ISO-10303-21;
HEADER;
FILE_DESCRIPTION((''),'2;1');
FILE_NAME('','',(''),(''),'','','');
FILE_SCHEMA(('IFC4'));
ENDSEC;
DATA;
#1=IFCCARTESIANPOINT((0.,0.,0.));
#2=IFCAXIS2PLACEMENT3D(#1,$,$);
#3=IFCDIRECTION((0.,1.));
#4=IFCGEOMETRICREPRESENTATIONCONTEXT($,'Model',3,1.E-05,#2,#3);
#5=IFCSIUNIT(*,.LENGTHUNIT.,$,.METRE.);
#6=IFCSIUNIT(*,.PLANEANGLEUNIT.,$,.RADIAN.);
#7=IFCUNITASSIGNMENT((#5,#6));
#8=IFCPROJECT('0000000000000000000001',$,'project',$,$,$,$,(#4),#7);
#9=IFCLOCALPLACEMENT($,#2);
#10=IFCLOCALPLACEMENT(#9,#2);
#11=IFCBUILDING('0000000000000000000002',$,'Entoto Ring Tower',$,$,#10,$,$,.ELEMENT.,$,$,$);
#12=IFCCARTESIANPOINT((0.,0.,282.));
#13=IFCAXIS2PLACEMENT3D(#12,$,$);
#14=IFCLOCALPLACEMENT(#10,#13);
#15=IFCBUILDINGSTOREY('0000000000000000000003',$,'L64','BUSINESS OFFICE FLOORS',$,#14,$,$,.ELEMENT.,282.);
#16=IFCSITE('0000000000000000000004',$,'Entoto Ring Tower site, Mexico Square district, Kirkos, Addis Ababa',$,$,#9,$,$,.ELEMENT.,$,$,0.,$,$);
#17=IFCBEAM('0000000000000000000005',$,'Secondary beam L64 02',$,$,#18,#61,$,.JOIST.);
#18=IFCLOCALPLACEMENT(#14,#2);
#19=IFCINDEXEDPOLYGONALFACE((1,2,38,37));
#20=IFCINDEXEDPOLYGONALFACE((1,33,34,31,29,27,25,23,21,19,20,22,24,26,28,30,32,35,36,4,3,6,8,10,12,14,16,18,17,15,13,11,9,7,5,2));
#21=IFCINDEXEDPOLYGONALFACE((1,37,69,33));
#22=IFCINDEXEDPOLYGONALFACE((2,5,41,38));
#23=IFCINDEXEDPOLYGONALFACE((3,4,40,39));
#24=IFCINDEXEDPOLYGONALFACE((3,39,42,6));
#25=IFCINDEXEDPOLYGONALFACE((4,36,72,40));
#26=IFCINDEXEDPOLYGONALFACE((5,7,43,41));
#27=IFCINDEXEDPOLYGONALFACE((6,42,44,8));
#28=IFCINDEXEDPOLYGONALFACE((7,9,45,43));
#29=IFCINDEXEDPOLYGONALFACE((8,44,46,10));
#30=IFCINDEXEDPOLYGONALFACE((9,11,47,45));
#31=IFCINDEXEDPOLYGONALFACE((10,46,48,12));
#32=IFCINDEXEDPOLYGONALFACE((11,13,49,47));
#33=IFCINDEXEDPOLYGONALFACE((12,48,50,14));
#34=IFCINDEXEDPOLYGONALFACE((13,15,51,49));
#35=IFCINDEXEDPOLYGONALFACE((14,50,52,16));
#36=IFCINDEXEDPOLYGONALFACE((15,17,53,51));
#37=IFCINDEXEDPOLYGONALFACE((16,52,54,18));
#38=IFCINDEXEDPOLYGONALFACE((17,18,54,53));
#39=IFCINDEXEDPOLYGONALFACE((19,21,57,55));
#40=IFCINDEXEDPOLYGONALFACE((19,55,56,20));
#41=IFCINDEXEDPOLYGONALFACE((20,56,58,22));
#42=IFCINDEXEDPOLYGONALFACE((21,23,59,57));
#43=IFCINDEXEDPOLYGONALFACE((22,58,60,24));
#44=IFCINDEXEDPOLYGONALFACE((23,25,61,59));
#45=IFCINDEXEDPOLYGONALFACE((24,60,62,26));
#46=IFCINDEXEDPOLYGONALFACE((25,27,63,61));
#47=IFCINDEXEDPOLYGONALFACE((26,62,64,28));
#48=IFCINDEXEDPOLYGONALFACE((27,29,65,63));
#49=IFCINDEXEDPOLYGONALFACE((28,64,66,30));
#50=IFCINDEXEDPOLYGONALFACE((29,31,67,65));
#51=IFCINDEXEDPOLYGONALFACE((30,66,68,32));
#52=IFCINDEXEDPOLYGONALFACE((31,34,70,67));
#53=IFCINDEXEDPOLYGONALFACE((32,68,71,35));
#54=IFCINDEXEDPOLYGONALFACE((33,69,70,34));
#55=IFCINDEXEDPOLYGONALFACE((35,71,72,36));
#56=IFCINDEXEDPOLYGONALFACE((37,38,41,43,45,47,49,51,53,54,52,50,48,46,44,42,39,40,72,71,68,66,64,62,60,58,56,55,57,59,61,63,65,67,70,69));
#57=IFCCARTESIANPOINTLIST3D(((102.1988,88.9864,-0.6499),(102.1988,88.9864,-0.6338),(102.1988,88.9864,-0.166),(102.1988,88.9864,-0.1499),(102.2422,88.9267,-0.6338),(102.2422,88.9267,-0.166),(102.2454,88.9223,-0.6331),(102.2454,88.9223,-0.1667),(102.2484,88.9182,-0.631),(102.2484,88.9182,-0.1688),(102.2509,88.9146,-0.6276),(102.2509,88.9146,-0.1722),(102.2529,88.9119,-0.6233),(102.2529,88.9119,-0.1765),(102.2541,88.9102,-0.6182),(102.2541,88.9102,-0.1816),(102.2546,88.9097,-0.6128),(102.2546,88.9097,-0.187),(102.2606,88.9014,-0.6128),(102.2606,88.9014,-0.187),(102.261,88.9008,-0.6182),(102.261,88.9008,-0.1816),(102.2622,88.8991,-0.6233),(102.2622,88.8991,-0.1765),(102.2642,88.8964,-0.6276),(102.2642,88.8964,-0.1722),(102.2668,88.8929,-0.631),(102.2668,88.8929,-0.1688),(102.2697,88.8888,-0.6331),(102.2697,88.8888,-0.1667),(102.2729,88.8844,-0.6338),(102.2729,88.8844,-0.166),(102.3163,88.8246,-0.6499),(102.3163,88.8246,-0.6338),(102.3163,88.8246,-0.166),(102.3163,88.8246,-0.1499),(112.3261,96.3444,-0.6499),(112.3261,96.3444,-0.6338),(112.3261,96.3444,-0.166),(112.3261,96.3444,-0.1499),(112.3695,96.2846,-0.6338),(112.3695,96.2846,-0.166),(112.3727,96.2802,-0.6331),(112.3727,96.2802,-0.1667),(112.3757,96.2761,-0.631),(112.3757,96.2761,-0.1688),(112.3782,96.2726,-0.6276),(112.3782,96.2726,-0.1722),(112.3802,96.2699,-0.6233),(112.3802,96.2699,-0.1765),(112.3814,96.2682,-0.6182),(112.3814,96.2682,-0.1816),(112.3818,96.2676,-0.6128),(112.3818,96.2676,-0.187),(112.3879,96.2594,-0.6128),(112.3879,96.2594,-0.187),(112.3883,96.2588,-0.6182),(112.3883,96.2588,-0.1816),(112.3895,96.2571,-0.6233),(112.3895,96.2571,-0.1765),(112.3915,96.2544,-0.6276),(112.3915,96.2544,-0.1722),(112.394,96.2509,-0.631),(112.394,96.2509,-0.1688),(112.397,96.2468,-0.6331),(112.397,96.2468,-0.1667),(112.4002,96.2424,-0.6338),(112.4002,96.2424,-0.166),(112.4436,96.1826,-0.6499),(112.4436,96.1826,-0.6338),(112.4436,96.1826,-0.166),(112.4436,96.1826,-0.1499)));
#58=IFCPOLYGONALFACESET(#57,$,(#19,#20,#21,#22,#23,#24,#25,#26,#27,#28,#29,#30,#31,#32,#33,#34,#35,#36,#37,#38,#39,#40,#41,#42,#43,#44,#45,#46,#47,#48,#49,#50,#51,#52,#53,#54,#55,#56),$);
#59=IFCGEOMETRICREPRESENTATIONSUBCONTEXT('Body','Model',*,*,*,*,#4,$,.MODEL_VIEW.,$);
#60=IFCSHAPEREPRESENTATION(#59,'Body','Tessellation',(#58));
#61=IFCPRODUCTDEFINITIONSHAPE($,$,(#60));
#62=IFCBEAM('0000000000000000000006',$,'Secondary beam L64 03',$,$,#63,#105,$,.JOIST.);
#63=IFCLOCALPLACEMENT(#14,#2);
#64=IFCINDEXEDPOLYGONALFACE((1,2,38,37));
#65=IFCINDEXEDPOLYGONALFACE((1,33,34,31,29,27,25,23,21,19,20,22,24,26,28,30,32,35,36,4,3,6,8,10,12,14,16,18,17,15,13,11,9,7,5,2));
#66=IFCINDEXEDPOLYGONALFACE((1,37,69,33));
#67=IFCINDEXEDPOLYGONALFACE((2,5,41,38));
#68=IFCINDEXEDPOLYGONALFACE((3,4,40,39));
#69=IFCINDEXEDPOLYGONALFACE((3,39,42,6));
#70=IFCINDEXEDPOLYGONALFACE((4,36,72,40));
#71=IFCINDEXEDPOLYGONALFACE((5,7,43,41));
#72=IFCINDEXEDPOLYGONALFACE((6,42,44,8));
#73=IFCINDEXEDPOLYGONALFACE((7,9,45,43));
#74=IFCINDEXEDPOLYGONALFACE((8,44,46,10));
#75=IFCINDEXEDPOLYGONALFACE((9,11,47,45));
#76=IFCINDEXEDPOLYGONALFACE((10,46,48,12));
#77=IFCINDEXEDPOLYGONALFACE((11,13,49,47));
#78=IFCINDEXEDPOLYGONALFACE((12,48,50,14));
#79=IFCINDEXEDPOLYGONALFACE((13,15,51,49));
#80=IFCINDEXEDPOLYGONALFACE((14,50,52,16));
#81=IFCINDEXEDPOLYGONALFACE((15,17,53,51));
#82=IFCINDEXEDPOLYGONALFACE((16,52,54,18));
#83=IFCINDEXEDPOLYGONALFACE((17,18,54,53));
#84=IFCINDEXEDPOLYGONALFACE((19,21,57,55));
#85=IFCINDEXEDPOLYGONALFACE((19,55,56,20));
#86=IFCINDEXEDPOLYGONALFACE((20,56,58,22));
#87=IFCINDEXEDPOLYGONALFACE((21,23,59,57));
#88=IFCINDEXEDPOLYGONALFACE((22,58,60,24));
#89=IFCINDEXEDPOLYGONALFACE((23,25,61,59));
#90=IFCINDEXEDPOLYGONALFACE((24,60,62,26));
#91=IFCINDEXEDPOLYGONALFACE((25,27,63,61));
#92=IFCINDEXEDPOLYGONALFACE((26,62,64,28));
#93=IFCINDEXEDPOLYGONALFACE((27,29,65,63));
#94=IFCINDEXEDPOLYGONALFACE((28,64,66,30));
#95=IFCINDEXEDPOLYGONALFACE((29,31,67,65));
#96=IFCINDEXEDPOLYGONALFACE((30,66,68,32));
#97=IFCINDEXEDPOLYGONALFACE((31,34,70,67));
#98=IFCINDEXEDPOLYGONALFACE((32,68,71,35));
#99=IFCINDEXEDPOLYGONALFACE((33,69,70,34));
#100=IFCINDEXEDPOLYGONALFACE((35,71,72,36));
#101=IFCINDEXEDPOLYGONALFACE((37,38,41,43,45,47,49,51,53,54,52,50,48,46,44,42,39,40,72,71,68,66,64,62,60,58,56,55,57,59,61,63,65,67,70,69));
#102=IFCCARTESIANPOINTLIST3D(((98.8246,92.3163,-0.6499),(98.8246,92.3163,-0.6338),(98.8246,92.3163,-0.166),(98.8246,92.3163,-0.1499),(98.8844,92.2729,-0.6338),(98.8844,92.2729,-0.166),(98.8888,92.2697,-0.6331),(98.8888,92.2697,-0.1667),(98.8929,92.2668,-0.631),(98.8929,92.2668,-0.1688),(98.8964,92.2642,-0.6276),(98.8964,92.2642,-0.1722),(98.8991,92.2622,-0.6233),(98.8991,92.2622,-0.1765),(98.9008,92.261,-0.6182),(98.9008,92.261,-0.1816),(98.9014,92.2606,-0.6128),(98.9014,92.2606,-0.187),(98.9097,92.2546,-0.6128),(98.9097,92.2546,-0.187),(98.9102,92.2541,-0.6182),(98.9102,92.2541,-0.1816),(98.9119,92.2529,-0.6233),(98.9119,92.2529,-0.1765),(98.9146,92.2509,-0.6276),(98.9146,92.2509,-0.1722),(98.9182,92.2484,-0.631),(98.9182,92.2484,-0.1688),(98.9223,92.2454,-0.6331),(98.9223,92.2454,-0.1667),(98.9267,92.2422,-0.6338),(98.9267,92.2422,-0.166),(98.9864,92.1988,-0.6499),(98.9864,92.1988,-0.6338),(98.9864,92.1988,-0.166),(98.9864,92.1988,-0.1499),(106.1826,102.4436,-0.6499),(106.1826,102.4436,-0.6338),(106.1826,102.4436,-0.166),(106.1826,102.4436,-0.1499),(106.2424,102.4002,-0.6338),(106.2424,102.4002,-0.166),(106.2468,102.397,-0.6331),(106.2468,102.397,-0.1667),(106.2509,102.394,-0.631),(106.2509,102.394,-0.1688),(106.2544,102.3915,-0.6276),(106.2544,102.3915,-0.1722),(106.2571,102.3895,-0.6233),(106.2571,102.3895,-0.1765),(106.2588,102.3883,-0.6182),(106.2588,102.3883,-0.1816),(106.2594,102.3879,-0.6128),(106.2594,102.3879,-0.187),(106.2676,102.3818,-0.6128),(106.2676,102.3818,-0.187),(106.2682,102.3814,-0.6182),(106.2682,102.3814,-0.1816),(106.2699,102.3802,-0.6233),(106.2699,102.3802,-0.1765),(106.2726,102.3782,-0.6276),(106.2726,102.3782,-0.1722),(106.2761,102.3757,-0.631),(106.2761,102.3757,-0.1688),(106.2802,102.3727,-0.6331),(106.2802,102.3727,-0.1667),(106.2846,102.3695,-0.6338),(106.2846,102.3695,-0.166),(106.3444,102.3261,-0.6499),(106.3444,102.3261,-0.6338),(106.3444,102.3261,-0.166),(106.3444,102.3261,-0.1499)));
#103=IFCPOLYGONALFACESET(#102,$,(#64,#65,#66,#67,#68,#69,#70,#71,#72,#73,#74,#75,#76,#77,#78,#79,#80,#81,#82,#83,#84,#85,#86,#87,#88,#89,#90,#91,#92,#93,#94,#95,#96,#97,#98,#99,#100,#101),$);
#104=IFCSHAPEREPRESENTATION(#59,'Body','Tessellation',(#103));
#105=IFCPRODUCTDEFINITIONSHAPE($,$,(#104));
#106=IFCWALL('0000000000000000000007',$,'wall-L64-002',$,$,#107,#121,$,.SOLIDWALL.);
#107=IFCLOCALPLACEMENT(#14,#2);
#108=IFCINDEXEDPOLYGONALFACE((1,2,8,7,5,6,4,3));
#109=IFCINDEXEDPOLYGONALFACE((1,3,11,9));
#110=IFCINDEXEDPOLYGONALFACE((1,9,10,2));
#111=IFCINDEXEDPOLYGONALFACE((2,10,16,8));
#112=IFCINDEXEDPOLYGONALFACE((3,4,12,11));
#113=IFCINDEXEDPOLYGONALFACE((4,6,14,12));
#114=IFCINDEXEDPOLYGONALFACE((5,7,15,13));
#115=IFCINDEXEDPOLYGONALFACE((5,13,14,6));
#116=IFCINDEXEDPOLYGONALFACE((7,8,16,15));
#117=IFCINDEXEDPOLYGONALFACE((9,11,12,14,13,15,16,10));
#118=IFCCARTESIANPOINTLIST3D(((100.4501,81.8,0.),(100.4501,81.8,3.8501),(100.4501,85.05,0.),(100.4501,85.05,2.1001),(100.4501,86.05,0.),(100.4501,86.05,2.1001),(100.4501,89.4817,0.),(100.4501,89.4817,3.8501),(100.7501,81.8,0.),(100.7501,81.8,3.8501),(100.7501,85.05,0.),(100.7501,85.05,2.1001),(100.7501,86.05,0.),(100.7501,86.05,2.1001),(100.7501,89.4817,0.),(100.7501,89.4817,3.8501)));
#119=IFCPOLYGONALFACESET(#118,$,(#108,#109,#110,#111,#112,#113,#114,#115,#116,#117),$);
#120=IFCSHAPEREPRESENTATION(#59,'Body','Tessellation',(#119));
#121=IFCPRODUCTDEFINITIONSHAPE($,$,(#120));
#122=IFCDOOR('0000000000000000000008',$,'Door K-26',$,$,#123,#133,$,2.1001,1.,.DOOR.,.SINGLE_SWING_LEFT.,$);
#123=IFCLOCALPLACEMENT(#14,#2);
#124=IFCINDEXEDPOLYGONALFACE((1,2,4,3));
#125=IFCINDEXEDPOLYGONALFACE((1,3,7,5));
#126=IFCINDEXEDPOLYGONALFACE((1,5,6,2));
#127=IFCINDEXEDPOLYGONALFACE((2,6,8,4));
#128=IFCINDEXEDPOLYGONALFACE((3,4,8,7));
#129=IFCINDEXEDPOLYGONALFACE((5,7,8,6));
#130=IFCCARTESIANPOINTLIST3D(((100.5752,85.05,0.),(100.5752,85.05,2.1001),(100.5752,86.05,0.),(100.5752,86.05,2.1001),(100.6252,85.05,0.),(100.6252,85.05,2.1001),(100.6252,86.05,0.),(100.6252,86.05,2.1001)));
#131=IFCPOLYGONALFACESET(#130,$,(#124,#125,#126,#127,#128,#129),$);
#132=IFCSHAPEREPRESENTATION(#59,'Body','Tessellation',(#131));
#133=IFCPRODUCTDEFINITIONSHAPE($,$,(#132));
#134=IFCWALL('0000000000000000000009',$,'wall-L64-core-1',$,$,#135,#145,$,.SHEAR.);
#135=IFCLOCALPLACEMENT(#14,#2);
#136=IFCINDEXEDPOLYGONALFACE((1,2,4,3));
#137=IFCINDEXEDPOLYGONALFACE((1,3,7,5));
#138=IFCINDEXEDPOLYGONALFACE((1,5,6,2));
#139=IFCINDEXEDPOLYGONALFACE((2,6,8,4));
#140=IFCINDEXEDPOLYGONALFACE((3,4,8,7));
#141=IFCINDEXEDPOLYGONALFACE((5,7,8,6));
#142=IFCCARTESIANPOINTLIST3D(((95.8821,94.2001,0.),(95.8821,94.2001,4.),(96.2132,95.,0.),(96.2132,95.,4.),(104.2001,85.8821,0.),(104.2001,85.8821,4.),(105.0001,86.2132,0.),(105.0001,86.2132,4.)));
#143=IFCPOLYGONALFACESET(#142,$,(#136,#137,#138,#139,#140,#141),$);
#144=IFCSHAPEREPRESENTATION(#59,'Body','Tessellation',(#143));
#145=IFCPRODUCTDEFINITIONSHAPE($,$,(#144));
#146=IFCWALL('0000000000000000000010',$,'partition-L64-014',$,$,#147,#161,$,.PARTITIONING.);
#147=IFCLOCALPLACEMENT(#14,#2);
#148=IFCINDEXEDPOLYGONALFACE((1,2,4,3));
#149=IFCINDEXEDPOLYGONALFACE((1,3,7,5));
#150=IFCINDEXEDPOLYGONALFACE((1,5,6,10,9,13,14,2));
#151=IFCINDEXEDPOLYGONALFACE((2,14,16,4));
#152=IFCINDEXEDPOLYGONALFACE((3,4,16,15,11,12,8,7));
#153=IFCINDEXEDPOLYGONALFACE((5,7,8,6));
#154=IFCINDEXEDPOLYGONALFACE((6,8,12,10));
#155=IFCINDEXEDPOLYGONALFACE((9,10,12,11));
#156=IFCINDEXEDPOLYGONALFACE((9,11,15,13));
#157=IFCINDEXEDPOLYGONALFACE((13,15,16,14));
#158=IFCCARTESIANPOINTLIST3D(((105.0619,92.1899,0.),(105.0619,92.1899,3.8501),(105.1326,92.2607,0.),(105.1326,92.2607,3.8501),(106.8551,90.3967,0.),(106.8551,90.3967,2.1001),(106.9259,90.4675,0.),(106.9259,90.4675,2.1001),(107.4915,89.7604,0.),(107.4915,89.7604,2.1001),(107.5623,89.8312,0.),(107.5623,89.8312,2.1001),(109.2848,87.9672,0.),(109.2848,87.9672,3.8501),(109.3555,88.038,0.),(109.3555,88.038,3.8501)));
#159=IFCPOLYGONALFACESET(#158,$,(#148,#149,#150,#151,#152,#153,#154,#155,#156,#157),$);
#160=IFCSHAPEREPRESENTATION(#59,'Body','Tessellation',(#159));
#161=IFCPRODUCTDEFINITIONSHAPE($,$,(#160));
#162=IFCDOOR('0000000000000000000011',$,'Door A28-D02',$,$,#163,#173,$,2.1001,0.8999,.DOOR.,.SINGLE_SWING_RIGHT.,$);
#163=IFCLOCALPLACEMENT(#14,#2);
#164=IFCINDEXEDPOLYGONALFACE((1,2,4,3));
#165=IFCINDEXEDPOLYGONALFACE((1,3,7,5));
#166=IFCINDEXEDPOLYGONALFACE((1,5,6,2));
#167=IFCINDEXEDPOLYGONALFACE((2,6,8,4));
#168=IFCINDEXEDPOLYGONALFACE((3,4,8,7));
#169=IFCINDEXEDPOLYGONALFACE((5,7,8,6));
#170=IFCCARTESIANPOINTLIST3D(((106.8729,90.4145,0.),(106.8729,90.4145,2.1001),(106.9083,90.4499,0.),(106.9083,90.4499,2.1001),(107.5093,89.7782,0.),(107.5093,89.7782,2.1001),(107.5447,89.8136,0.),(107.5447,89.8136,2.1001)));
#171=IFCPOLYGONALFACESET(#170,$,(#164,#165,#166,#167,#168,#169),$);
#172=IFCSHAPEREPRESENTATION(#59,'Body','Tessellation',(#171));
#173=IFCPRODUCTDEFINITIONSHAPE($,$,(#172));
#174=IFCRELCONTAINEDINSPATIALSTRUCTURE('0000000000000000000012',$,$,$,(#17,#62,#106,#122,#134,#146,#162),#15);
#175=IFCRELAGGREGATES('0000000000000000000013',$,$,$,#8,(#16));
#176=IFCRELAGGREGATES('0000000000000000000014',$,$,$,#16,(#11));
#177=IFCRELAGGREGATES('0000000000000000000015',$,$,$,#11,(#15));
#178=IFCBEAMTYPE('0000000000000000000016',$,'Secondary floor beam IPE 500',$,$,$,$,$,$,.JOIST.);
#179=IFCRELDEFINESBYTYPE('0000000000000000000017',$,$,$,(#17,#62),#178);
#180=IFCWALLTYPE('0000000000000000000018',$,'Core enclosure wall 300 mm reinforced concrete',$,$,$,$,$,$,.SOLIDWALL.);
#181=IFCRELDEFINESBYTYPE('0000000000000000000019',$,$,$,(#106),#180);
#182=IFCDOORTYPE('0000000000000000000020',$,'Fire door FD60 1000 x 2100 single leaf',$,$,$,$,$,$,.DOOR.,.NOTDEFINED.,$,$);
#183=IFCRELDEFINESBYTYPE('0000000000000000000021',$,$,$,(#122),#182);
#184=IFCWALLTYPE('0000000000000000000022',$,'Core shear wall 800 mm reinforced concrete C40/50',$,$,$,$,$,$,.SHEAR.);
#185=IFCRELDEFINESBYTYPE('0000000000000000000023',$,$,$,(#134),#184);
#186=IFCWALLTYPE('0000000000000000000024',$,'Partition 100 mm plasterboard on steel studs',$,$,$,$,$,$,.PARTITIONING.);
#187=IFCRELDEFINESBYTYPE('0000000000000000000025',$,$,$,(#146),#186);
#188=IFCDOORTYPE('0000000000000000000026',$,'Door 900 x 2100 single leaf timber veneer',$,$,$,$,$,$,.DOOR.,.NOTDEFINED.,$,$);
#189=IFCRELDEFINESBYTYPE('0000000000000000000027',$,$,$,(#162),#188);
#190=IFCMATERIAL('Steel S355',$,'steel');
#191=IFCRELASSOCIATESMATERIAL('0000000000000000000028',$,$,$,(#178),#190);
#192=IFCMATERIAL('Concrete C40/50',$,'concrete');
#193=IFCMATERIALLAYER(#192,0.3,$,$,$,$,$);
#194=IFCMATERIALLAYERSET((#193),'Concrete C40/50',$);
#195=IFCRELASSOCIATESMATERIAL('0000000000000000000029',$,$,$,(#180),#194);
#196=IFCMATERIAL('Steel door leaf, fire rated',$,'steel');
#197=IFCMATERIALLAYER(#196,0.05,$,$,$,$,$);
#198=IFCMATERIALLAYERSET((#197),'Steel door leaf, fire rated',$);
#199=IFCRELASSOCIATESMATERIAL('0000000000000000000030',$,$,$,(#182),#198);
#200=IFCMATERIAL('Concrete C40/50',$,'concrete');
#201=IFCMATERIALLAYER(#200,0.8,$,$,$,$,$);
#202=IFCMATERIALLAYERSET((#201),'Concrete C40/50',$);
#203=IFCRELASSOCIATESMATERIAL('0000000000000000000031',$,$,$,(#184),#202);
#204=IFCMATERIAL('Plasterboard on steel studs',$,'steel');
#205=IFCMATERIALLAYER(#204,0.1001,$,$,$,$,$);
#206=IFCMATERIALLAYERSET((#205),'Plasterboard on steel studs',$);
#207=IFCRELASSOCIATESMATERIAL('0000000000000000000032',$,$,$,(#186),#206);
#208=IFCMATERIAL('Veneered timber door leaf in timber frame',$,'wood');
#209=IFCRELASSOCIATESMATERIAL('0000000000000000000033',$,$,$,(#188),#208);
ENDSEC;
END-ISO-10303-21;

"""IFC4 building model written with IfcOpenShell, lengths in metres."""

from ifc_helpers import new_model, si_unit, direction, frame, frame_2d, origin, origin_2d, place, context, subcontext, project, spatial, polyline, rectangle, i_section, outline, extrude, material, layer, layer_set, material_profile, profile_set, type_object, element, fill, save


model = new_model("IFC4")

# Units and contexts
model_context = context("Model", 3, precision=1e-05, world=origin(), true_north=direction((0.0, 1.0)))
body_context = subcontext(model_context, "Body", "Model", "MODEL_VIEW")
ifc_project = project(units=[si_unit("LENGTHUNIT", "METRE"), si_unit("PLANEANGLEUNIT", "RADIAN")], contexts=[model_context])

# Site, building, storey
site_placement = place(None, origin())
site = spatial("IfcSite", under=ifc_project, at=site_placement, Name="Entoto Ring Tower site, Mexico Square district, Kirkos, Addis Ababa", CompositionType="ELEMENT", RefElevation=0.0)
building_placement = place(site_placement, origin())
building = spatial("IfcBuilding", under=site, at=building_placement, Name="Entoto Ring Tower", CompositionType="ELEMENT")
storey_placement = place(building_placement, frame((0.0, 0.0, 282.0)))
storey = spatial("IfcBuildingStorey", under=building, at=storey_placement, Name="L64", Description="BUSINESS OFFICE FLOORS", CompositionType="ELEMENT", Elevation=282.0)

# Beams
ifc_material_1 = material(Name="Steel S355", Category="steel")
ifc_material_profile_1 = material_profile(ifc_material_1, i_section(OverallWidth=0.2, OverallDepth=0.5, WebThickness=0.0103, FlangeThickness=0.0161, FilletRadius=0.021, at=origin_2d()), Name="IPE 500")
ifc_profile_set_1 = profile_set([ifc_material_profile_1], Name="Steel S355")
beam_type_1 = type_object("IfcBeamType", Name="Secondary floor beam IPE 500", PredefinedType="JOIST", material=ifc_profile_set_1)
for number, where, z_axis, x_axis, name in (
    (1, (102.2576, 88.9055, -0.3999), (0.809014, 0.587789, 0.0), (-0.587789, 0.809014, 0.0), "Secondary beam L64 02"),
    (2, (98.9055, 92.2576, -0.3999), (0.587789, 0.809014, 0.0), (-0.809014, 0.587789, 0.0), "Secondary beam L64 03"),
):
    element("IfcBeam", number, at=place(storey_placement, frame(where, z_axis=z_axis, x_axis=x_axis)), inside=storey, type_object=beam_type_1, Name=name, PredefinedType="JOIST", context=body_context, shape_type="SweptSolid", body=[
        extrude(i_section(OverallWidth=0.2, OverallDepth=0.5, WebThickness=0.0103, FlangeThickness=0.0161, FilletRadius=0.021, at=origin_2d()), origin(), (0.0, 0.0, 1.0), 12.5181),
    ])

# Wall, opening, door
ifc_material_2 = material(Name="Concrete C40/50", Category="concrete")
ifc_layer_1 = layer(ifc_material_2, 0.3)
ifc_layer_set_1 = layer_set([ifc_layer_1], Name="Concrete C40/50")
wall_type_1 = type_object("IfcWallType", Name="Core enclosure wall 300 mm reinforced concrete", PredefinedType="SOLIDWALL", material=ifc_layer_set_1)
wall_1_placement = place(storey_placement, frame((100.6001, 81.8, 0.0), z_axis=(0.0, 0.0, 1.0), x_axis=(0.0, 1.0, 0.0)))
wall_1 = element("IfcWall", 3, at=wall_1_placement, inside=storey, type_object=wall_type_1, Name="wall-L64-002", PredefinedType="SOLIDWALL", context=body_context, shape_type="SweptSolid", body=[
    extrude(rectangle(XDim=7.6816, YDim=0.3, at=frame_2d((3.8408, 0.0))), origin(), (0.0, 0.0, 1.0), 3.8501),
])
opening_1_placement = place(wall_1_placement, frame((3.25, 0.0, 0.0)))
opening_1 = element("IfcOpeningElement", 4, at=opening_1_placement, cuts=wall_1, PredefinedType="OPENING", context=body_context, shape_type="SweptSolid", body=[
    extrude(rectangle(XDim=1.0, YDim=2.1001, at=frame_2d((0.5, 1.05))), frame((0.0, 0.1602, 0.0), z_axis=(0.0, -1.0, 0.0), x_axis=(1.0, 0.0, 0.0)), (0.0, 0.0, 1.0), 0.3201),
])
ifc_material_3 = material(Name="Steel door leaf, fire rated", Category="steel")
ifc_layer_2 = layer(ifc_material_3, 0.05)
ifc_layer_set_2 = layer_set([ifc_layer_2], Name="Steel door leaf, fire rated")
door_type_1 = type_object("IfcDoorType", Name="Fire door FD60 1000 x 2100 single leaf", OperationType="NOTDEFINED", PredefinedType="DOOR", material=ifc_layer_set_2)
door_1_placement = place(opening_1_placement, origin())
door_1 = element("IfcDoor", 5, at=door_1_placement, inside=storey, type_object=door_type_1, Name="Door K-26", OperationType="SINGLE_SWING_LEFT", OverallHeight=2.1001, OverallWidth=1.0, PredefinedType="DOOR", context=body_context, shape_type="SweptSolid", body=[
    extrude(rectangle(XDim=1.0, YDim=2.1001, at=frame_2d((0.5, 1.05))), frame((0.0, 0.0249, 0.0), z_axis=(0.0, -1.0, 0.0), x_axis=(1.0, 0.0, 0.0)), (0.0, 0.0, 1.0), 0.05),
])
fill(opening_1, door_1)

# Wall
ifc_material_4 = material(Name="Concrete C40/50", Category="concrete")
ifc_layer_3 = layer(ifc_material_4, 0.8)
ifc_layer_set_3 = layer_set([ifc_layer_3], Name="Concrete C40/50")
wall_type_2 = type_object("IfcWallType", Name="Core shear wall 800 mm reinforced concrete C40/50", PredefinedType="SHEAR", material=ifc_layer_set_3)
wall_2_placement = place(storey_placement, frame((104.6001, 86.0476, 0.0), z_axis=(0.0, 0.0, 1.0), x_axis=(-0.707107, 0.707107, 0.0)))
element("IfcWall", 6, at=wall_2_placement, inside=storey, type_object=wall_type_2, Name="wall-L64-core-1", PredefinedType="SHEAR", context=body_context, shape_type="SweptSolid", body=[
    extrude(outline(polyline([(-0.1658, -0.3999), (12.2607, -0.3999), (11.9292, 0.3999), (0.1658, 0.3999), (-0.1658, -0.3999)])), origin(), (0.0, 0.0, 1.0), 4.0),
])

# Wall, opening, door
ifc_material_5 = material(Name="Plasterboard on steel studs", Category="steel")
ifc_layer_4 = layer(ifc_material_5, 0.1001)
ifc_layer_set_4 = layer_set([ifc_layer_4], Name="Plasterboard on steel studs")
wall_type_3 = type_object("IfcWallType", Name="Partition 100 mm plasterboard on steel studs", PredefinedType="PARTITIONING", material=ifc_layer_set_4)
wall_3_placement = place(storey_placement, frame((109.3201, 88.0027, 0.0), z_axis=(0.0, 0.0, 1.0), x_axis=(-0.707127, 0.707086, 0.0)))
wall_3 = element("IfcWall", 7, at=wall_3_placement, inside=storey, type_object=wall_type_3, Name="partition-L64-014", PredefinedType="PARTITIONING", context=body_context, shape_type="SweptSolid", body=[
    extrude(rectangle(XDim=5.9719, YDim=0.1001, at=frame_2d((2.9858, 0.0))), origin(), (0.0, 0.0, 1.0), 3.8501),
])
opening_2_placement = place(wall_3_placement, frame((2.5359, 0.0, 0.0)))
opening_2 = element("IfcOpeningElement", 8, at=opening_2_placement, cuts=wall_3, PredefinedType="OPENING", context=body_context, shape_type="SweptSolid", body=[
    extrude(rectangle(XDim=0.8999, YDim=2.1001, at=frame_2d((0.45, 1.05))), frame((0.0, 0.0601, 0.0), z_axis=(0.0, -1.0, 0.0), x_axis=(1.0, 0.0, 0.0)), (0.0, 0.0, 1.0), 0.1201),
])
ifc_material_6 = material(Name="Veneered timber door leaf in timber frame", Category="wood")
door_type_2 = type_object("IfcDoorType", Name="Door 900 x 2100 single leaf timber veneer", OperationType="NOTDEFINED", PredefinedType="DOOR", material=ifc_material_6)
door_2_placement = place(opening_2_placement, origin())
door_2 = element("IfcDoor", 9, at=door_2_placement, inside=storey, type_object=door_type_2, Name="Door A28-D02", OperationType="SINGLE_SWING_RIGHT", OverallHeight=2.1001, OverallWidth=0.8999, PredefinedType="DOOR", context=body_context, shape_type="SweptSolid", body=[
    extrude(rectangle(XDim=0.8999, YDim=2.1001, at=frame_2d((0.45, 1.05))), frame((0.0, 0.0249, 0.0), z_axis=(0.0, -1.0, 0.0), x_axis=(1.0, 0.0, 0.0)), (0.0, 0.0, 1.0), 0.05),
])
fill(opening_2, door_2)

save(model, "model.ifc")
